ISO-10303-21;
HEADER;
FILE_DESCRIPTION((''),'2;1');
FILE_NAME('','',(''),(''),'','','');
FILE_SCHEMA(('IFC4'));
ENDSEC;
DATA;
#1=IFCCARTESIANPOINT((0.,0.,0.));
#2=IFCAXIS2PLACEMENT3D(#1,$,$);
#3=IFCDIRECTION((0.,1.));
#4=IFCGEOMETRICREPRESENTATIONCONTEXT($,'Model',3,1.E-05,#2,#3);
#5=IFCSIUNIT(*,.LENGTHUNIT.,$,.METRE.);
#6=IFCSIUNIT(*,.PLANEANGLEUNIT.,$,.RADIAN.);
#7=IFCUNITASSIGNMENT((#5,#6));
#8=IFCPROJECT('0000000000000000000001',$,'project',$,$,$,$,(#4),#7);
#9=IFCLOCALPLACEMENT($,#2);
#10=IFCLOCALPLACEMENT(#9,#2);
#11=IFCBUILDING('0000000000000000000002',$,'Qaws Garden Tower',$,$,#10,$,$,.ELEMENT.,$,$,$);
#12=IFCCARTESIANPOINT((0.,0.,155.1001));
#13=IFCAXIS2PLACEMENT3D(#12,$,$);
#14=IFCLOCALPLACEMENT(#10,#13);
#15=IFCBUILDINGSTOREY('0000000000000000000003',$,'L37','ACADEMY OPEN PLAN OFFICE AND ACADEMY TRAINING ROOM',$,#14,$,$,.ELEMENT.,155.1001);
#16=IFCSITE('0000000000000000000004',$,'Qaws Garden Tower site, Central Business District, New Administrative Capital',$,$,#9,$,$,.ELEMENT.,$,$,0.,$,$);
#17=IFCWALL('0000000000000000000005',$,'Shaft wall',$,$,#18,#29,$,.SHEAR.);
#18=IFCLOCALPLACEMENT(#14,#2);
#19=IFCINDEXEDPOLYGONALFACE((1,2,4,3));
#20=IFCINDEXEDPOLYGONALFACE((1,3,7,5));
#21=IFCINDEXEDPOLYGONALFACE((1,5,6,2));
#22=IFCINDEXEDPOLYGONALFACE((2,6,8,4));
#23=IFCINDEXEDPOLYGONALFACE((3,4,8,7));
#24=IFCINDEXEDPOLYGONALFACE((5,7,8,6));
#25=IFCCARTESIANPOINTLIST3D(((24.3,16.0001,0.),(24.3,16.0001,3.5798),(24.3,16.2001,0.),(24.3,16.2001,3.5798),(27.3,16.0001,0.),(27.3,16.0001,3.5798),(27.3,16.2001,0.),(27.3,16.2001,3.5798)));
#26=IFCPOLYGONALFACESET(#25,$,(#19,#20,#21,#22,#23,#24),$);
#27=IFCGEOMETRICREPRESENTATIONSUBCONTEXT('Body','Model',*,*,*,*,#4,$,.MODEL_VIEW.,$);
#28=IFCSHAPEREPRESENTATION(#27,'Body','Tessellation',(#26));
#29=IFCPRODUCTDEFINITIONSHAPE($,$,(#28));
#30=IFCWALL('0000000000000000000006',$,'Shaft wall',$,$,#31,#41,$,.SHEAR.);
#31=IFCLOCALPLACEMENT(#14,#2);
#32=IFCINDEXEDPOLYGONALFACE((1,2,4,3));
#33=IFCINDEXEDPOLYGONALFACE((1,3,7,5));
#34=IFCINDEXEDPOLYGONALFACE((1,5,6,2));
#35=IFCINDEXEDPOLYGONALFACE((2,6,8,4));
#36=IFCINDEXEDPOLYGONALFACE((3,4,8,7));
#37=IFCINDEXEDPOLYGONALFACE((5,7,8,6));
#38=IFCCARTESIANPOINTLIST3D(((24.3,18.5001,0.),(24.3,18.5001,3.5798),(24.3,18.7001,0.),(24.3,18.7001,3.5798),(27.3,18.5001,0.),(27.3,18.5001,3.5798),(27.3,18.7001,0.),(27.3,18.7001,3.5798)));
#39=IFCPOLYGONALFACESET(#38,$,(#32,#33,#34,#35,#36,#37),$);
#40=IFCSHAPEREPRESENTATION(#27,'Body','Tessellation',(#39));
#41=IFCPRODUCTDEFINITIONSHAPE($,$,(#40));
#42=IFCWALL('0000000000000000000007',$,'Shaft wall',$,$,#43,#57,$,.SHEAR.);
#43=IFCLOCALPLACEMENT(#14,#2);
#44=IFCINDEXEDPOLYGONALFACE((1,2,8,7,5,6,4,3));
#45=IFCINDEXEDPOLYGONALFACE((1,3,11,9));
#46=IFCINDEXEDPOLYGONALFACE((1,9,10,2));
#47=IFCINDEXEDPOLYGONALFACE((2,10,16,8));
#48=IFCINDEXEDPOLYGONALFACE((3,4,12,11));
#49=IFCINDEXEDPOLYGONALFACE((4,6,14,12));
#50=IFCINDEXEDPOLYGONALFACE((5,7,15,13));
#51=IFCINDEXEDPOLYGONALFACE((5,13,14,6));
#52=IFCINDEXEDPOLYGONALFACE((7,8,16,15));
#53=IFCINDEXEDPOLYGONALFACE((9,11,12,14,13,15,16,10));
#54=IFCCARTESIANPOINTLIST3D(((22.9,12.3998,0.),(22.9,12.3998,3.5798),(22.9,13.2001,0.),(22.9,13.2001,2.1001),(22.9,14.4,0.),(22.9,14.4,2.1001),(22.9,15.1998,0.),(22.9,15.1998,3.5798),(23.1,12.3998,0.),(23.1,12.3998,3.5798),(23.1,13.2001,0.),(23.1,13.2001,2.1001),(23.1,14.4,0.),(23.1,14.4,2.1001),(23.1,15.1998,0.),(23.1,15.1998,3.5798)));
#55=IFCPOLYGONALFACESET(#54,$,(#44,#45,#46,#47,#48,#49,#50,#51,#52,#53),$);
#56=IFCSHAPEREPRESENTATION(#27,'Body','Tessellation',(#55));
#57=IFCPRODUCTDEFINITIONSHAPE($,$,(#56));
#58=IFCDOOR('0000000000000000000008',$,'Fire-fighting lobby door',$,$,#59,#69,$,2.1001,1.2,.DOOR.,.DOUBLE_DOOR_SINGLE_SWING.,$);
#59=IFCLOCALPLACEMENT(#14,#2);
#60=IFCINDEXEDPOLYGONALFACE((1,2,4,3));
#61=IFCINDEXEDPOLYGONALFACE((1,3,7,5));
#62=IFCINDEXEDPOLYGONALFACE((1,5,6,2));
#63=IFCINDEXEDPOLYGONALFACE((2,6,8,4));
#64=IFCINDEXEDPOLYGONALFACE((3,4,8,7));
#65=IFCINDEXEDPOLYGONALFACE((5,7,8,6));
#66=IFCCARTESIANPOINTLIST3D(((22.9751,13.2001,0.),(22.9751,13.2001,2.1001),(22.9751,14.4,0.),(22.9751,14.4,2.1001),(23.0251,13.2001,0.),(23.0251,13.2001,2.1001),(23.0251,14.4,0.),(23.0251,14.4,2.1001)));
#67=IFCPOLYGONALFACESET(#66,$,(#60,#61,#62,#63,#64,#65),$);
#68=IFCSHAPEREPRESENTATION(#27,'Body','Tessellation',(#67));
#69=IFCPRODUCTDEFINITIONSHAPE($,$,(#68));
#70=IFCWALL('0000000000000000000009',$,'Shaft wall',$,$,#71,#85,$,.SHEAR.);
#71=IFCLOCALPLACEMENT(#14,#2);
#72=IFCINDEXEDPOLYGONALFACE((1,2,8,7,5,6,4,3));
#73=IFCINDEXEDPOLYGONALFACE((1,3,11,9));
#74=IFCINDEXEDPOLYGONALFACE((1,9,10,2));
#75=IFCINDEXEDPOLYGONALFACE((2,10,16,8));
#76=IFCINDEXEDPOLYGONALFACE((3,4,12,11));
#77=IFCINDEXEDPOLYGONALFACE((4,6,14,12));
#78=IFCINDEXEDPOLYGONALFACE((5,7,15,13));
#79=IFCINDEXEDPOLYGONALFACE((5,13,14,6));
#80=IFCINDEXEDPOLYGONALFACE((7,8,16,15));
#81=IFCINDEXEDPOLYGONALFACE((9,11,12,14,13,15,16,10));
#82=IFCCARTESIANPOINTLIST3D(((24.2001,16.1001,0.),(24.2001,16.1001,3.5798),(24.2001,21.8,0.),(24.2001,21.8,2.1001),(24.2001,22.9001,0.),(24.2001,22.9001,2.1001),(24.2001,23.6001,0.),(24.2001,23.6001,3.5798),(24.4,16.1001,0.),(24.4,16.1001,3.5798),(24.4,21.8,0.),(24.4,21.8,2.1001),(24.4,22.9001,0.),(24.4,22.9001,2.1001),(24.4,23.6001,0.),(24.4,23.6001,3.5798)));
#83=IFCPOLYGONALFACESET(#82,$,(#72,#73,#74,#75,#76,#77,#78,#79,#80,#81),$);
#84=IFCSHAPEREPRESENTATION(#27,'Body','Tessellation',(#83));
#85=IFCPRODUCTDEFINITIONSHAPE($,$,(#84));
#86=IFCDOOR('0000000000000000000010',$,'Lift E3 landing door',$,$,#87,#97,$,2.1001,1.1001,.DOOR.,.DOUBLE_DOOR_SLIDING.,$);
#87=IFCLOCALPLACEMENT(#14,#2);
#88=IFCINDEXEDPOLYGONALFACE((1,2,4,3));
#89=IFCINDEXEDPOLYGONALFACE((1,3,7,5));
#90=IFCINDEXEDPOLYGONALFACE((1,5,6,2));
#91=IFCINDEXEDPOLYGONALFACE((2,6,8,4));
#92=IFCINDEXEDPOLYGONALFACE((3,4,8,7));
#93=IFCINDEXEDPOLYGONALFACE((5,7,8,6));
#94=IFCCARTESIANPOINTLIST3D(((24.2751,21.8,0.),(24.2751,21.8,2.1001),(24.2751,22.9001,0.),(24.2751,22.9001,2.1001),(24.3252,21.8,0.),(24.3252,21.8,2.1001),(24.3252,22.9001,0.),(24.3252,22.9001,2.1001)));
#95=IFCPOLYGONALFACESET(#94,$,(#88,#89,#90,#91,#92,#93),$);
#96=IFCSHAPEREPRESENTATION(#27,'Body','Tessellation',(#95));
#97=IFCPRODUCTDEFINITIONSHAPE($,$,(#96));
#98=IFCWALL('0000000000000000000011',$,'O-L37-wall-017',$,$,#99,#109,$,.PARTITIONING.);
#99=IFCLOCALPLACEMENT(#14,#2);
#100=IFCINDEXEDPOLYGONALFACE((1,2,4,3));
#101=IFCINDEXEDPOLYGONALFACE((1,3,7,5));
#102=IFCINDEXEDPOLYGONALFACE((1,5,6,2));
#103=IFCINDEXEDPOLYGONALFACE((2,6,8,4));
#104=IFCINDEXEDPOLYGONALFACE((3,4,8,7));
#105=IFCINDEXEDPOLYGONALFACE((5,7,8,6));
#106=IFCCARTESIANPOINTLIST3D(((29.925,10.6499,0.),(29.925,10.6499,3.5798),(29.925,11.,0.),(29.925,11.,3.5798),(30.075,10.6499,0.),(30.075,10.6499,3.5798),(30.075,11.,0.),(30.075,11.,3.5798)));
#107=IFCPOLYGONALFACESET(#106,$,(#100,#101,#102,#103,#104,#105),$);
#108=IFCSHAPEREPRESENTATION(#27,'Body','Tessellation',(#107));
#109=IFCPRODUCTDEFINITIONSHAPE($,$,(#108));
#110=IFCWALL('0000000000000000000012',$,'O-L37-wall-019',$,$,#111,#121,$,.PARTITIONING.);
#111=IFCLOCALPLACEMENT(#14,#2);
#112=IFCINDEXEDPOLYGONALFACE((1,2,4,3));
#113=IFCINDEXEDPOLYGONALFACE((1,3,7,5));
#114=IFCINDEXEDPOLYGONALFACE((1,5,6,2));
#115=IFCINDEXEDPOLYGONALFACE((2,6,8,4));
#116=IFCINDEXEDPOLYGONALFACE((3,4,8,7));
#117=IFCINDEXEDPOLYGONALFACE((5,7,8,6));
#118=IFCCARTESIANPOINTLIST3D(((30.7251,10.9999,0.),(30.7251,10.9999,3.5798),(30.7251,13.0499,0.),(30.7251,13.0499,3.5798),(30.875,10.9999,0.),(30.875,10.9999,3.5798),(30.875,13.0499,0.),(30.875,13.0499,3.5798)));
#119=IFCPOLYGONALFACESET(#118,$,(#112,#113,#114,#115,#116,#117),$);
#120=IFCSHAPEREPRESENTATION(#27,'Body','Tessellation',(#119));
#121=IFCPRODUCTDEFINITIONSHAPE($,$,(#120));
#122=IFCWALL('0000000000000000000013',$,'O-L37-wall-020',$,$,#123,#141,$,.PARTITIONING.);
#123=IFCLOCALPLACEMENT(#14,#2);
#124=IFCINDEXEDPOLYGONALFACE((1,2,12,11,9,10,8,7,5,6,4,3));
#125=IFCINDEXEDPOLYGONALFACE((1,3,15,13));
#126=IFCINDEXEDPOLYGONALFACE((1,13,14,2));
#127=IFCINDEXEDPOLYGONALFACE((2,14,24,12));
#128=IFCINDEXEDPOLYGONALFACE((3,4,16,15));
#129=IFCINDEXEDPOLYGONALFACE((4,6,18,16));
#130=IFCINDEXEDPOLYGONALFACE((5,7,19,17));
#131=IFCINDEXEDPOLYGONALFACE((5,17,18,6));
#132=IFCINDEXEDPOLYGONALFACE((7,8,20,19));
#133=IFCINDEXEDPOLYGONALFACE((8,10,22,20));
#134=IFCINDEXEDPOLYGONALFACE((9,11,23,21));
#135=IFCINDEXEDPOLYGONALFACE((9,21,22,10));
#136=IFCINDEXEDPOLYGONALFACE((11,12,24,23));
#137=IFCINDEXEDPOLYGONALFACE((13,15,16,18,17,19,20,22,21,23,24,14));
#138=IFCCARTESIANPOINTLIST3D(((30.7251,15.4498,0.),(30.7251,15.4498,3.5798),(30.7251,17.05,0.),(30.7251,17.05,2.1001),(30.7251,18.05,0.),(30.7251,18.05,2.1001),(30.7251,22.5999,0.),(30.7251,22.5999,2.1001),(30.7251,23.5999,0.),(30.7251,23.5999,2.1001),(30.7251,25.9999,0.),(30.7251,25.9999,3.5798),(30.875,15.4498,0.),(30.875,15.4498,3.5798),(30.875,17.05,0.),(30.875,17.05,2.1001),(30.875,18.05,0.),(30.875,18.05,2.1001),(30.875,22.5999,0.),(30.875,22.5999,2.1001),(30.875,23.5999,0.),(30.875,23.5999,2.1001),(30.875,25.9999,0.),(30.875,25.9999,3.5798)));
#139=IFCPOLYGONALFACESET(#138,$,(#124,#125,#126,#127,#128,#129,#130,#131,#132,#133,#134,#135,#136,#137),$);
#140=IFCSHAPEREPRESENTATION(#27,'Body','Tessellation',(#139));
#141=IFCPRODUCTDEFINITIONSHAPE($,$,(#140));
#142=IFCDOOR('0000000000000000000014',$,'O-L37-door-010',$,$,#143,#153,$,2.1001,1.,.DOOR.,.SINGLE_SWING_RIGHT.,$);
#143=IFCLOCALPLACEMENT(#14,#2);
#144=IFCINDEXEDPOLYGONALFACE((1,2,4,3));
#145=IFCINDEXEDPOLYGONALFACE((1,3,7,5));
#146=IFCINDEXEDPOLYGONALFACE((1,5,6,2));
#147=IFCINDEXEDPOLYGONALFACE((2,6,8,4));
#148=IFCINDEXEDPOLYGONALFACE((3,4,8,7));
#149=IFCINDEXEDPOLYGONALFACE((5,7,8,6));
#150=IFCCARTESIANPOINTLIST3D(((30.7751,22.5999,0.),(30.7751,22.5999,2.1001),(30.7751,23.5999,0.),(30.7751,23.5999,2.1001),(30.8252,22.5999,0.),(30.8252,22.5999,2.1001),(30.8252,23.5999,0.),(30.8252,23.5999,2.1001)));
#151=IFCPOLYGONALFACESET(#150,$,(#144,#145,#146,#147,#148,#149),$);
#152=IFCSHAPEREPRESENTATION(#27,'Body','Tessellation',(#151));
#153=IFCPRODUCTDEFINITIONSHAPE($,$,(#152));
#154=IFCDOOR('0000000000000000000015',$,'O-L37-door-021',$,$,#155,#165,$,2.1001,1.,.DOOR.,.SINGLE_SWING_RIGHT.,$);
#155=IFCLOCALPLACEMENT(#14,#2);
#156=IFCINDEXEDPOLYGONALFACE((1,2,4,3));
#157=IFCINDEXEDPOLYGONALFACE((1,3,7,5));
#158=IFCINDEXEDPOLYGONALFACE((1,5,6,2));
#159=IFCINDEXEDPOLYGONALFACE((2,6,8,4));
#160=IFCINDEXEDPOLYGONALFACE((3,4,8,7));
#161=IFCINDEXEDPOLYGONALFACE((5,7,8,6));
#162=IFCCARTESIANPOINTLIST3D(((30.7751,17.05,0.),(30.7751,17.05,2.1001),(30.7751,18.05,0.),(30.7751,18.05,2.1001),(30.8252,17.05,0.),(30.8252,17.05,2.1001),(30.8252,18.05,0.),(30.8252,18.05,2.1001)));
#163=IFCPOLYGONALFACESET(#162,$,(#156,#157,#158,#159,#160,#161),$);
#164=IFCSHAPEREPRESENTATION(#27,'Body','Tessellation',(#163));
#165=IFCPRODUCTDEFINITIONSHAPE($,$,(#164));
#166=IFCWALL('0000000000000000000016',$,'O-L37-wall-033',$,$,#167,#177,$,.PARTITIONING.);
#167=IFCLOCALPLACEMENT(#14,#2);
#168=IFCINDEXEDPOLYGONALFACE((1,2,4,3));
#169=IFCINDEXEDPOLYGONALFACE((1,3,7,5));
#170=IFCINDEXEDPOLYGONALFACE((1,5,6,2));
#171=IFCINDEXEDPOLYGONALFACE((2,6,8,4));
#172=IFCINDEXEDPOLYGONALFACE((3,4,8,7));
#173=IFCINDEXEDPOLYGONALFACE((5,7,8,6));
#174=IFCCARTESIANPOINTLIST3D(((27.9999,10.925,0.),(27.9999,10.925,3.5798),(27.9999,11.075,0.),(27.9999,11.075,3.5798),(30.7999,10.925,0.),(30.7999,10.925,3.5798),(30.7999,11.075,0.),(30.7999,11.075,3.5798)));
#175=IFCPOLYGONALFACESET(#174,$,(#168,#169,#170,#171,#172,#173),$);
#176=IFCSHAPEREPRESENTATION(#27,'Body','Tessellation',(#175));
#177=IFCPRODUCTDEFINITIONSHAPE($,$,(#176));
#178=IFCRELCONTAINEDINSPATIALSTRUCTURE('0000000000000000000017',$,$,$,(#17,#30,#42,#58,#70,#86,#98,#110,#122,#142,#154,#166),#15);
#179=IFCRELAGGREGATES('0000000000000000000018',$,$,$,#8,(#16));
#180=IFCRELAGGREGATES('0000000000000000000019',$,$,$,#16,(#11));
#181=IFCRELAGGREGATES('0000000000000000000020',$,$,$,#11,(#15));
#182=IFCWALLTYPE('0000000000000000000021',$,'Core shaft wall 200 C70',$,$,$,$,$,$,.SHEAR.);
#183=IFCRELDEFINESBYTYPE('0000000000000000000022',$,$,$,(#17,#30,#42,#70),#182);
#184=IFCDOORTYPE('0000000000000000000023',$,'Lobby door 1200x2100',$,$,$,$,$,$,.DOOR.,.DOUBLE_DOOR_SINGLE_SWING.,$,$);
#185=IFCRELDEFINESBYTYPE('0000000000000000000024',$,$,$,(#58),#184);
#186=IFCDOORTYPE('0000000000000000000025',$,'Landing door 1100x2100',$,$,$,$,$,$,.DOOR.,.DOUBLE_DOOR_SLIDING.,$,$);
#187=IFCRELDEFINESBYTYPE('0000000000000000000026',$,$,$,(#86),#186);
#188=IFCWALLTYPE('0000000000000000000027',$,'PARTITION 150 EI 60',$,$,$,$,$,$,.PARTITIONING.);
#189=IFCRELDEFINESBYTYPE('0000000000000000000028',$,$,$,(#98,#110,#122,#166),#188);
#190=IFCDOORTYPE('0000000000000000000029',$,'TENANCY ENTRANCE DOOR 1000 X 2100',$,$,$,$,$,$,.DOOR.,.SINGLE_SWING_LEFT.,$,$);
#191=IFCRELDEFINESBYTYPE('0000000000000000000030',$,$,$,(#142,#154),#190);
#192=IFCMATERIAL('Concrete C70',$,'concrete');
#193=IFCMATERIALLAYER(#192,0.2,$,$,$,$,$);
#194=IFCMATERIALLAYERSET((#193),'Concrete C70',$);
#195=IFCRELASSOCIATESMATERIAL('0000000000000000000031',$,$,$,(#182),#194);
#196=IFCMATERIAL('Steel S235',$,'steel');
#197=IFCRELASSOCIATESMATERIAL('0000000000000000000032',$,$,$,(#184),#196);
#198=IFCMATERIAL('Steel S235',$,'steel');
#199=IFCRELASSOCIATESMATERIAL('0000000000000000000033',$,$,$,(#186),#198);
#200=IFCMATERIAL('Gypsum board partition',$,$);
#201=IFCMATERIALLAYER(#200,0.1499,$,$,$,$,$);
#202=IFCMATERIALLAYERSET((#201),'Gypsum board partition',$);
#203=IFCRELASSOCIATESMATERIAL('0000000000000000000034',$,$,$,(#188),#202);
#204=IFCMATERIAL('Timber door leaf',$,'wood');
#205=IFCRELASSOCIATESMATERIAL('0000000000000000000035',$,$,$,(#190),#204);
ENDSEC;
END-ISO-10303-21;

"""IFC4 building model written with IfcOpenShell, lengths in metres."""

from ifc_helpers import new_model, si_unit, direction, frame, frame_2d, origin, place, context, subcontext, project, spatial, rectangle, extrude, material, layer, layer_set, type_object, element, fill, save


model = new_model("IFC4")

# Units and contexts
model_context = context("Model", 3, precision=1e-05, world=origin(), true_north=direction((0.0, 1.0)))
body_context = subcontext(model_context, "Body", "Model", "MODEL_VIEW")
ifc_project = project(units=[si_unit("LENGTHUNIT", "METRE"), si_unit("PLANEANGLEUNIT", "RADIAN")], contexts=[model_context])

# Site, building, storey
site_placement = place(None, origin())
site = spatial("IfcSite", under=ifc_project, at=site_placement, Name="Qaws Garden Tower site, Central Business District, New Administrative Capital", CompositionType="ELEMENT", RefElevation=0.0)
building_placement = place(site_placement, origin())
building = spatial("IfcBuilding", under=site, at=building_placement, Name="Qaws Garden Tower", CompositionType="ELEMENT")
storey_placement = place(building_placement, frame((0.0, 0.0, 155.1001)))
storey = spatial("IfcBuildingStorey", under=building, at=storey_placement, Name="L37", Description="ACADEMY OPEN PLAN OFFICE AND ACADEMY TRAINING ROOM", CompositionType="ELEMENT", Elevation=155.1001)

# Walls
ifc_material_1 = material(Name="Concrete C70", Category="concrete")
ifc_layer_1 = layer(ifc_material_1, 0.2)
ifc_layer_set_1 = layer_set([ifc_layer_1], Name="Concrete C70")
wall_type_1 = type_object("IfcWallType", Name="Core shaft wall 200 C70", PredefinedType="SHEAR", material=ifc_layer_set_1)
for number, where, z_axis, x_axis, name in (
    (1, (24.3, 16.1001, 0.0), (0.0, 0.0, 1.0), (1.0, 0.0, 0.0), "Shaft wall"),
    (2, (24.3, 18.6001, 0.0), (0.0, 0.0, 1.0), (1.0, 0.0, 0.0), "Shaft wall"),
):
    element("IfcWall", number, at=place(storey_placement, frame(where, z_axis=z_axis, x_axis=x_axis)), inside=storey, type_object=wall_type_1, Name=name, PredefinedType="SHEAR", context=body_context, shape_type="SweptSolid", body=[
        extrude(rectangle(XDim=3.0, YDim=0.2, at=frame_2d((1.5, 0.0))), origin(), (0.0, 0.0, 1.0), 3.5798),
    ])

# Walls, openings, doors
wall_1_placement = place(storey_placement, frame((23.0, 12.3999, 0.0), z_axis=(0.0, 0.0, 1.0), x_axis=(0.0, 1.0, 0.0)))
wall_1 = element("IfcWall", 3, at=wall_1_placement, inside=storey, type_object=wall_type_1, Name="Shaft wall", PredefinedType="SHEAR", context=body_context, shape_type="SweptSolid", body=[
    extrude(rectangle(XDim=2.8, YDim=0.2, at=frame_2d((1.3999, 0.0))), origin(), (0.0, 0.0, 1.0), 3.5798),
])
opening_1_placement = place(wall_1_placement, frame((0.8, 0.0, 0.0)))
opening_1 = element("IfcOpeningElement", 4, at=opening_1_placement, cuts=wall_1, PredefinedType="OPENING", context=body_context, shape_type="SweptSolid", body=[
    extrude(rectangle(XDim=1.2, YDim=2.1001, at=frame_2d((0.6001, 1.05))), frame((0.0, 0.1099, 0.0), z_axis=(0.0, -1.0, 0.0), x_axis=(1.0, 0.0, 0.0)), (0.0, 0.0, 1.0), 0.22),
])
ifc_material_2 = material(Name="Steel S235", Category="steel")
door_type_1 = type_object("IfcDoorType", Name="Lobby door 1200x2100", OperationType="DOUBLE_DOOR_SINGLE_SWING", PredefinedType="DOOR", material=ifc_material_2)
door_1_placement = place(opening_1_placement, origin())
door_1 = element("IfcDoor", 5, at=door_1_placement, inside=storey, type_object=door_type_1, Name="Fire-fighting lobby door", OperationType="DOUBLE_DOOR_SINGLE_SWING", OverallHeight=2.1001, OverallWidth=1.2, PredefinedType="DOOR", context=body_context, shape_type="SweptSolid", body=[
    extrude(rectangle(XDim=1.2, YDim=2.1001, at=frame_2d((0.6001, 1.05))), frame((0.0, 0.0249, 0.0), z_axis=(0.0, -1.0, 0.0), x_axis=(1.0, 0.0, 0.0)), (0.0, 0.0, 1.0), 0.05),
])
fill(opening_1, door_1)
wall_2_placement = place(storey_placement, frame((24.3, 16.1001, 0.0), z_axis=(0.0, 0.0, 1.0), x_axis=(0.0, 1.0, 0.0)))
wall_2 = element("IfcWall", 6, at=wall_2_placement, inside=storey, type_object=wall_type_1, Name="Shaft wall", PredefinedType="SHEAR", context=body_context, shape_type="SweptSolid", body=[
    extrude(rectangle(XDim=7.5, YDim=0.2, at=frame_2d((3.75, 0.0))), origin(), (0.0, 0.0, 1.0), 3.5798),
])
opening_2_placement = place(wall_2_placement, frame((5.7, 0.0, 0.0)))
opening_2 = element("IfcOpeningElement", 7, at=opening_2_placement, cuts=wall_2, PredefinedType="OPENING", context=body_context, shape_type="SweptSolid", body=[
    extrude(rectangle(XDim=1.1001, YDim=2.1001, at=frame_2d((0.55, 1.05))), frame((0.0, 0.1099, 0.0), z_axis=(0.0, -1.0, 0.0), x_axis=(1.0, 0.0, 0.0)), (0.0, 0.0, 1.0), 0.22),
])
ifc_material_3 = material(Name="Steel S235", Category="steel")
door_type_2 = type_object("IfcDoorType", Name="Landing door 1100x2100", OperationType="DOUBLE_DOOR_SLIDING", PredefinedType="DOOR", material=ifc_material_3)
door_2_placement = place(opening_2_placement, origin())
door_2 = element("IfcDoor", 8, at=door_2_placement, inside=storey, type_object=door_type_2, Name="Lift E3 landing door", OperationType="DOUBLE_DOOR_SLIDING", OverallHeight=2.1001, OverallWidth=1.1001, PredefinedType="DOOR", context=body_context, shape_type="SweptSolid", body=[
    extrude(rectangle(XDim=1.1001, YDim=2.1001, at=frame_2d((0.55, 1.05))), frame((0.0, 0.0249, 0.0), z_axis=(0.0, -1.0, 0.0), x_axis=(1.0, 0.0, 0.0)), (0.0, 0.0, 1.0), 0.05),
])
fill(opening_2, door_2)

# Walls
ifc_material_4 = material(Name="Gypsum board partition")
ifc_layer_2 = layer(ifc_material_4, 0.1499)
ifc_layer_set_2 = layer_set([ifc_layer_2], Name="Gypsum board partition")
wall_type_2 = type_object("IfcWallType", Name="PARTITION 150 EI 60", PredefinedType="PARTITIONING", material=ifc_layer_set_2)
wall_3_placement = place(storey_placement, frame((30.0, 10.6499, 0.0), z_axis=(0.0, 0.0, 1.0), x_axis=(0.0, 1.0, 0.0)))
element("IfcWall", 9, at=wall_3_placement, inside=storey, type_object=wall_type_2, Name="O-L37-wall-017", PredefinedType="PARTITIONING", context=body_context, shape_type="SweptSolid", body=[
    extrude(rectangle(XDim=0.3501, YDim=0.1499, at=frame_2d((0.175, 0.0))), origin(), (0.0, 0.0, 1.0), 3.5798),
])
wall_4_placement = place(storey_placement, frame((30.8, 11.0, 0.0), z_axis=(0.0, 0.0, 1.0), x_axis=(0.0, 1.0, 0.0)))
element("IfcWall", 10, at=wall_4_placement, inside=storey, type_object=wall_type_2, Name="O-L37-wall-019", PredefinedType="PARTITIONING", context=body_context, shape_type="SweptSolid", body=[
    extrude(rectangle(XDim=2.05, YDim=0.1499, at=frame_2d((1.0249, 0.0))), origin(), (0.0, 0.0, 1.0), 3.5798),
])

# Wall, openings, doors
wall_5_placement = place(storey_placement, frame((30.8, 15.45, 0.0), z_axis=(0.0, 0.0, 1.0), x_axis=(0.0, 1.0, 0.0)))
wall_5 = element("IfcWall", 11, at=wall_5_placement, inside=storey, type_object=wall_type_2, Name="O-L37-wall-020", PredefinedType="PARTITIONING", context=body_context, shape_type="SweptSolid", body=[
    extrude(rectangle(XDim=10.55, YDim=0.1499, at=frame_2d((5.2749, 0.0))), origin(), (0.0, 0.0, 1.0), 3.5798),
])
opening_3_placement = place(wall_5_placement, frame((7.1499, 0.0, 0.0)))
opening_3 = element("IfcOpeningElement", 12, at=opening_3_placement, cuts=wall_5, PredefinedType="OPENING", context=body_context, shape_type="SweptSolid", body=[
    extrude(rectangle(XDim=1.0, YDim=2.1001, at=frame_2d((0.5, 1.05))), frame((0.0, 0.085, 0.0), z_axis=(0.0, -1.0, 0.0), x_axis=(1.0, 0.0, 0.0)), (0.0, 0.0, 1.0), 0.1699),
])
opening_4_placement = place(wall_5_placement, frame((1.6001, 0.0, 0.0)))
opening_4 = element("IfcOpeningElement", 13, at=opening_4_placement, cuts=wall_5, PredefinedType="OPENING", context=body_context, shape_type="SweptSolid", body=[
    extrude(rectangle(XDim=1.0, YDim=2.1001, at=frame_2d((0.5, 1.05))), frame((0.0, 0.085, 0.0), z_axis=(0.0, -1.0, 0.0), x_axis=(1.0, 0.0, 0.0)), (0.0, 0.0, 1.0), 0.1699),
])
ifc_material_5 = material(Name="Timber door leaf", Category="wood")
door_type_3 = type_object("IfcDoorType", Name="TENANCY ENTRANCE DOOR 1000 X 2100", OperationType="SINGLE_SWING_LEFT", PredefinedType="DOOR", material=ifc_material_5)
door_3_placement = place(opening_3_placement, origin())
door_3 = element("IfcDoor", 14, at=door_3_placement, inside=storey, type_object=door_type_3, Name="O-L37-door-010", OperationType="SINGLE_SWING_RIGHT", OverallHeight=2.1001, OverallWidth=1.0, PredefinedType="DOOR", context=body_context, shape_type="SweptSolid", body=[
    extrude(rectangle(XDim=1.0, YDim=2.1001, at=frame_2d((0.5, 1.05))), frame((0.0, 0.0249, 0.0), z_axis=(0.0, -1.0, 0.0), x_axis=(1.0, 0.0, 0.0)), (0.0, 0.0, 1.0), 0.05),
])
fill(opening_3, door_3)
door_4_placement = place(opening_4_placement, origin())
door_4 = element("IfcDoor", 15, at=door_4_placement, inside=storey, type_object=door_type_3, Name="O-L37-door-021", OperationType="SINGLE_SWING_RIGHT", OverallHeight=2.1001, OverallWidth=1.0, PredefinedType="DOOR", context=body_context, shape_type="SweptSolid", body=[
    extrude(rectangle(XDim=1.0, YDim=2.1001, at=frame_2d((0.5, 1.05))), frame((0.0, 0.0249, 0.0), z_axis=(0.0, -1.0, 0.0), x_axis=(1.0, 0.0, 0.0)), (0.0, 0.0, 1.0), 0.05),
])
fill(opening_4, door_4)

# Wall
wall_6_placement = place(storey_placement, frame((28.0, 11.0, 0.0), z_axis=(0.0, 0.0, 1.0), x_axis=(1.0, 0.0, 0.0)))
element("IfcWall", 16, at=wall_6_placement, inside=storey, type_object=wall_type_2, Name="O-L37-wall-033", PredefinedType="PARTITIONING", context=body_context, shape_type="SweptSolid", body=[
    extrude(rectangle(XDim=2.8, YDim=0.1499, at=frame_2d((1.3999, 0.0))), origin(), (0.0, 0.0, 1.0), 3.5798),
])

save(model, "model.ifc")
